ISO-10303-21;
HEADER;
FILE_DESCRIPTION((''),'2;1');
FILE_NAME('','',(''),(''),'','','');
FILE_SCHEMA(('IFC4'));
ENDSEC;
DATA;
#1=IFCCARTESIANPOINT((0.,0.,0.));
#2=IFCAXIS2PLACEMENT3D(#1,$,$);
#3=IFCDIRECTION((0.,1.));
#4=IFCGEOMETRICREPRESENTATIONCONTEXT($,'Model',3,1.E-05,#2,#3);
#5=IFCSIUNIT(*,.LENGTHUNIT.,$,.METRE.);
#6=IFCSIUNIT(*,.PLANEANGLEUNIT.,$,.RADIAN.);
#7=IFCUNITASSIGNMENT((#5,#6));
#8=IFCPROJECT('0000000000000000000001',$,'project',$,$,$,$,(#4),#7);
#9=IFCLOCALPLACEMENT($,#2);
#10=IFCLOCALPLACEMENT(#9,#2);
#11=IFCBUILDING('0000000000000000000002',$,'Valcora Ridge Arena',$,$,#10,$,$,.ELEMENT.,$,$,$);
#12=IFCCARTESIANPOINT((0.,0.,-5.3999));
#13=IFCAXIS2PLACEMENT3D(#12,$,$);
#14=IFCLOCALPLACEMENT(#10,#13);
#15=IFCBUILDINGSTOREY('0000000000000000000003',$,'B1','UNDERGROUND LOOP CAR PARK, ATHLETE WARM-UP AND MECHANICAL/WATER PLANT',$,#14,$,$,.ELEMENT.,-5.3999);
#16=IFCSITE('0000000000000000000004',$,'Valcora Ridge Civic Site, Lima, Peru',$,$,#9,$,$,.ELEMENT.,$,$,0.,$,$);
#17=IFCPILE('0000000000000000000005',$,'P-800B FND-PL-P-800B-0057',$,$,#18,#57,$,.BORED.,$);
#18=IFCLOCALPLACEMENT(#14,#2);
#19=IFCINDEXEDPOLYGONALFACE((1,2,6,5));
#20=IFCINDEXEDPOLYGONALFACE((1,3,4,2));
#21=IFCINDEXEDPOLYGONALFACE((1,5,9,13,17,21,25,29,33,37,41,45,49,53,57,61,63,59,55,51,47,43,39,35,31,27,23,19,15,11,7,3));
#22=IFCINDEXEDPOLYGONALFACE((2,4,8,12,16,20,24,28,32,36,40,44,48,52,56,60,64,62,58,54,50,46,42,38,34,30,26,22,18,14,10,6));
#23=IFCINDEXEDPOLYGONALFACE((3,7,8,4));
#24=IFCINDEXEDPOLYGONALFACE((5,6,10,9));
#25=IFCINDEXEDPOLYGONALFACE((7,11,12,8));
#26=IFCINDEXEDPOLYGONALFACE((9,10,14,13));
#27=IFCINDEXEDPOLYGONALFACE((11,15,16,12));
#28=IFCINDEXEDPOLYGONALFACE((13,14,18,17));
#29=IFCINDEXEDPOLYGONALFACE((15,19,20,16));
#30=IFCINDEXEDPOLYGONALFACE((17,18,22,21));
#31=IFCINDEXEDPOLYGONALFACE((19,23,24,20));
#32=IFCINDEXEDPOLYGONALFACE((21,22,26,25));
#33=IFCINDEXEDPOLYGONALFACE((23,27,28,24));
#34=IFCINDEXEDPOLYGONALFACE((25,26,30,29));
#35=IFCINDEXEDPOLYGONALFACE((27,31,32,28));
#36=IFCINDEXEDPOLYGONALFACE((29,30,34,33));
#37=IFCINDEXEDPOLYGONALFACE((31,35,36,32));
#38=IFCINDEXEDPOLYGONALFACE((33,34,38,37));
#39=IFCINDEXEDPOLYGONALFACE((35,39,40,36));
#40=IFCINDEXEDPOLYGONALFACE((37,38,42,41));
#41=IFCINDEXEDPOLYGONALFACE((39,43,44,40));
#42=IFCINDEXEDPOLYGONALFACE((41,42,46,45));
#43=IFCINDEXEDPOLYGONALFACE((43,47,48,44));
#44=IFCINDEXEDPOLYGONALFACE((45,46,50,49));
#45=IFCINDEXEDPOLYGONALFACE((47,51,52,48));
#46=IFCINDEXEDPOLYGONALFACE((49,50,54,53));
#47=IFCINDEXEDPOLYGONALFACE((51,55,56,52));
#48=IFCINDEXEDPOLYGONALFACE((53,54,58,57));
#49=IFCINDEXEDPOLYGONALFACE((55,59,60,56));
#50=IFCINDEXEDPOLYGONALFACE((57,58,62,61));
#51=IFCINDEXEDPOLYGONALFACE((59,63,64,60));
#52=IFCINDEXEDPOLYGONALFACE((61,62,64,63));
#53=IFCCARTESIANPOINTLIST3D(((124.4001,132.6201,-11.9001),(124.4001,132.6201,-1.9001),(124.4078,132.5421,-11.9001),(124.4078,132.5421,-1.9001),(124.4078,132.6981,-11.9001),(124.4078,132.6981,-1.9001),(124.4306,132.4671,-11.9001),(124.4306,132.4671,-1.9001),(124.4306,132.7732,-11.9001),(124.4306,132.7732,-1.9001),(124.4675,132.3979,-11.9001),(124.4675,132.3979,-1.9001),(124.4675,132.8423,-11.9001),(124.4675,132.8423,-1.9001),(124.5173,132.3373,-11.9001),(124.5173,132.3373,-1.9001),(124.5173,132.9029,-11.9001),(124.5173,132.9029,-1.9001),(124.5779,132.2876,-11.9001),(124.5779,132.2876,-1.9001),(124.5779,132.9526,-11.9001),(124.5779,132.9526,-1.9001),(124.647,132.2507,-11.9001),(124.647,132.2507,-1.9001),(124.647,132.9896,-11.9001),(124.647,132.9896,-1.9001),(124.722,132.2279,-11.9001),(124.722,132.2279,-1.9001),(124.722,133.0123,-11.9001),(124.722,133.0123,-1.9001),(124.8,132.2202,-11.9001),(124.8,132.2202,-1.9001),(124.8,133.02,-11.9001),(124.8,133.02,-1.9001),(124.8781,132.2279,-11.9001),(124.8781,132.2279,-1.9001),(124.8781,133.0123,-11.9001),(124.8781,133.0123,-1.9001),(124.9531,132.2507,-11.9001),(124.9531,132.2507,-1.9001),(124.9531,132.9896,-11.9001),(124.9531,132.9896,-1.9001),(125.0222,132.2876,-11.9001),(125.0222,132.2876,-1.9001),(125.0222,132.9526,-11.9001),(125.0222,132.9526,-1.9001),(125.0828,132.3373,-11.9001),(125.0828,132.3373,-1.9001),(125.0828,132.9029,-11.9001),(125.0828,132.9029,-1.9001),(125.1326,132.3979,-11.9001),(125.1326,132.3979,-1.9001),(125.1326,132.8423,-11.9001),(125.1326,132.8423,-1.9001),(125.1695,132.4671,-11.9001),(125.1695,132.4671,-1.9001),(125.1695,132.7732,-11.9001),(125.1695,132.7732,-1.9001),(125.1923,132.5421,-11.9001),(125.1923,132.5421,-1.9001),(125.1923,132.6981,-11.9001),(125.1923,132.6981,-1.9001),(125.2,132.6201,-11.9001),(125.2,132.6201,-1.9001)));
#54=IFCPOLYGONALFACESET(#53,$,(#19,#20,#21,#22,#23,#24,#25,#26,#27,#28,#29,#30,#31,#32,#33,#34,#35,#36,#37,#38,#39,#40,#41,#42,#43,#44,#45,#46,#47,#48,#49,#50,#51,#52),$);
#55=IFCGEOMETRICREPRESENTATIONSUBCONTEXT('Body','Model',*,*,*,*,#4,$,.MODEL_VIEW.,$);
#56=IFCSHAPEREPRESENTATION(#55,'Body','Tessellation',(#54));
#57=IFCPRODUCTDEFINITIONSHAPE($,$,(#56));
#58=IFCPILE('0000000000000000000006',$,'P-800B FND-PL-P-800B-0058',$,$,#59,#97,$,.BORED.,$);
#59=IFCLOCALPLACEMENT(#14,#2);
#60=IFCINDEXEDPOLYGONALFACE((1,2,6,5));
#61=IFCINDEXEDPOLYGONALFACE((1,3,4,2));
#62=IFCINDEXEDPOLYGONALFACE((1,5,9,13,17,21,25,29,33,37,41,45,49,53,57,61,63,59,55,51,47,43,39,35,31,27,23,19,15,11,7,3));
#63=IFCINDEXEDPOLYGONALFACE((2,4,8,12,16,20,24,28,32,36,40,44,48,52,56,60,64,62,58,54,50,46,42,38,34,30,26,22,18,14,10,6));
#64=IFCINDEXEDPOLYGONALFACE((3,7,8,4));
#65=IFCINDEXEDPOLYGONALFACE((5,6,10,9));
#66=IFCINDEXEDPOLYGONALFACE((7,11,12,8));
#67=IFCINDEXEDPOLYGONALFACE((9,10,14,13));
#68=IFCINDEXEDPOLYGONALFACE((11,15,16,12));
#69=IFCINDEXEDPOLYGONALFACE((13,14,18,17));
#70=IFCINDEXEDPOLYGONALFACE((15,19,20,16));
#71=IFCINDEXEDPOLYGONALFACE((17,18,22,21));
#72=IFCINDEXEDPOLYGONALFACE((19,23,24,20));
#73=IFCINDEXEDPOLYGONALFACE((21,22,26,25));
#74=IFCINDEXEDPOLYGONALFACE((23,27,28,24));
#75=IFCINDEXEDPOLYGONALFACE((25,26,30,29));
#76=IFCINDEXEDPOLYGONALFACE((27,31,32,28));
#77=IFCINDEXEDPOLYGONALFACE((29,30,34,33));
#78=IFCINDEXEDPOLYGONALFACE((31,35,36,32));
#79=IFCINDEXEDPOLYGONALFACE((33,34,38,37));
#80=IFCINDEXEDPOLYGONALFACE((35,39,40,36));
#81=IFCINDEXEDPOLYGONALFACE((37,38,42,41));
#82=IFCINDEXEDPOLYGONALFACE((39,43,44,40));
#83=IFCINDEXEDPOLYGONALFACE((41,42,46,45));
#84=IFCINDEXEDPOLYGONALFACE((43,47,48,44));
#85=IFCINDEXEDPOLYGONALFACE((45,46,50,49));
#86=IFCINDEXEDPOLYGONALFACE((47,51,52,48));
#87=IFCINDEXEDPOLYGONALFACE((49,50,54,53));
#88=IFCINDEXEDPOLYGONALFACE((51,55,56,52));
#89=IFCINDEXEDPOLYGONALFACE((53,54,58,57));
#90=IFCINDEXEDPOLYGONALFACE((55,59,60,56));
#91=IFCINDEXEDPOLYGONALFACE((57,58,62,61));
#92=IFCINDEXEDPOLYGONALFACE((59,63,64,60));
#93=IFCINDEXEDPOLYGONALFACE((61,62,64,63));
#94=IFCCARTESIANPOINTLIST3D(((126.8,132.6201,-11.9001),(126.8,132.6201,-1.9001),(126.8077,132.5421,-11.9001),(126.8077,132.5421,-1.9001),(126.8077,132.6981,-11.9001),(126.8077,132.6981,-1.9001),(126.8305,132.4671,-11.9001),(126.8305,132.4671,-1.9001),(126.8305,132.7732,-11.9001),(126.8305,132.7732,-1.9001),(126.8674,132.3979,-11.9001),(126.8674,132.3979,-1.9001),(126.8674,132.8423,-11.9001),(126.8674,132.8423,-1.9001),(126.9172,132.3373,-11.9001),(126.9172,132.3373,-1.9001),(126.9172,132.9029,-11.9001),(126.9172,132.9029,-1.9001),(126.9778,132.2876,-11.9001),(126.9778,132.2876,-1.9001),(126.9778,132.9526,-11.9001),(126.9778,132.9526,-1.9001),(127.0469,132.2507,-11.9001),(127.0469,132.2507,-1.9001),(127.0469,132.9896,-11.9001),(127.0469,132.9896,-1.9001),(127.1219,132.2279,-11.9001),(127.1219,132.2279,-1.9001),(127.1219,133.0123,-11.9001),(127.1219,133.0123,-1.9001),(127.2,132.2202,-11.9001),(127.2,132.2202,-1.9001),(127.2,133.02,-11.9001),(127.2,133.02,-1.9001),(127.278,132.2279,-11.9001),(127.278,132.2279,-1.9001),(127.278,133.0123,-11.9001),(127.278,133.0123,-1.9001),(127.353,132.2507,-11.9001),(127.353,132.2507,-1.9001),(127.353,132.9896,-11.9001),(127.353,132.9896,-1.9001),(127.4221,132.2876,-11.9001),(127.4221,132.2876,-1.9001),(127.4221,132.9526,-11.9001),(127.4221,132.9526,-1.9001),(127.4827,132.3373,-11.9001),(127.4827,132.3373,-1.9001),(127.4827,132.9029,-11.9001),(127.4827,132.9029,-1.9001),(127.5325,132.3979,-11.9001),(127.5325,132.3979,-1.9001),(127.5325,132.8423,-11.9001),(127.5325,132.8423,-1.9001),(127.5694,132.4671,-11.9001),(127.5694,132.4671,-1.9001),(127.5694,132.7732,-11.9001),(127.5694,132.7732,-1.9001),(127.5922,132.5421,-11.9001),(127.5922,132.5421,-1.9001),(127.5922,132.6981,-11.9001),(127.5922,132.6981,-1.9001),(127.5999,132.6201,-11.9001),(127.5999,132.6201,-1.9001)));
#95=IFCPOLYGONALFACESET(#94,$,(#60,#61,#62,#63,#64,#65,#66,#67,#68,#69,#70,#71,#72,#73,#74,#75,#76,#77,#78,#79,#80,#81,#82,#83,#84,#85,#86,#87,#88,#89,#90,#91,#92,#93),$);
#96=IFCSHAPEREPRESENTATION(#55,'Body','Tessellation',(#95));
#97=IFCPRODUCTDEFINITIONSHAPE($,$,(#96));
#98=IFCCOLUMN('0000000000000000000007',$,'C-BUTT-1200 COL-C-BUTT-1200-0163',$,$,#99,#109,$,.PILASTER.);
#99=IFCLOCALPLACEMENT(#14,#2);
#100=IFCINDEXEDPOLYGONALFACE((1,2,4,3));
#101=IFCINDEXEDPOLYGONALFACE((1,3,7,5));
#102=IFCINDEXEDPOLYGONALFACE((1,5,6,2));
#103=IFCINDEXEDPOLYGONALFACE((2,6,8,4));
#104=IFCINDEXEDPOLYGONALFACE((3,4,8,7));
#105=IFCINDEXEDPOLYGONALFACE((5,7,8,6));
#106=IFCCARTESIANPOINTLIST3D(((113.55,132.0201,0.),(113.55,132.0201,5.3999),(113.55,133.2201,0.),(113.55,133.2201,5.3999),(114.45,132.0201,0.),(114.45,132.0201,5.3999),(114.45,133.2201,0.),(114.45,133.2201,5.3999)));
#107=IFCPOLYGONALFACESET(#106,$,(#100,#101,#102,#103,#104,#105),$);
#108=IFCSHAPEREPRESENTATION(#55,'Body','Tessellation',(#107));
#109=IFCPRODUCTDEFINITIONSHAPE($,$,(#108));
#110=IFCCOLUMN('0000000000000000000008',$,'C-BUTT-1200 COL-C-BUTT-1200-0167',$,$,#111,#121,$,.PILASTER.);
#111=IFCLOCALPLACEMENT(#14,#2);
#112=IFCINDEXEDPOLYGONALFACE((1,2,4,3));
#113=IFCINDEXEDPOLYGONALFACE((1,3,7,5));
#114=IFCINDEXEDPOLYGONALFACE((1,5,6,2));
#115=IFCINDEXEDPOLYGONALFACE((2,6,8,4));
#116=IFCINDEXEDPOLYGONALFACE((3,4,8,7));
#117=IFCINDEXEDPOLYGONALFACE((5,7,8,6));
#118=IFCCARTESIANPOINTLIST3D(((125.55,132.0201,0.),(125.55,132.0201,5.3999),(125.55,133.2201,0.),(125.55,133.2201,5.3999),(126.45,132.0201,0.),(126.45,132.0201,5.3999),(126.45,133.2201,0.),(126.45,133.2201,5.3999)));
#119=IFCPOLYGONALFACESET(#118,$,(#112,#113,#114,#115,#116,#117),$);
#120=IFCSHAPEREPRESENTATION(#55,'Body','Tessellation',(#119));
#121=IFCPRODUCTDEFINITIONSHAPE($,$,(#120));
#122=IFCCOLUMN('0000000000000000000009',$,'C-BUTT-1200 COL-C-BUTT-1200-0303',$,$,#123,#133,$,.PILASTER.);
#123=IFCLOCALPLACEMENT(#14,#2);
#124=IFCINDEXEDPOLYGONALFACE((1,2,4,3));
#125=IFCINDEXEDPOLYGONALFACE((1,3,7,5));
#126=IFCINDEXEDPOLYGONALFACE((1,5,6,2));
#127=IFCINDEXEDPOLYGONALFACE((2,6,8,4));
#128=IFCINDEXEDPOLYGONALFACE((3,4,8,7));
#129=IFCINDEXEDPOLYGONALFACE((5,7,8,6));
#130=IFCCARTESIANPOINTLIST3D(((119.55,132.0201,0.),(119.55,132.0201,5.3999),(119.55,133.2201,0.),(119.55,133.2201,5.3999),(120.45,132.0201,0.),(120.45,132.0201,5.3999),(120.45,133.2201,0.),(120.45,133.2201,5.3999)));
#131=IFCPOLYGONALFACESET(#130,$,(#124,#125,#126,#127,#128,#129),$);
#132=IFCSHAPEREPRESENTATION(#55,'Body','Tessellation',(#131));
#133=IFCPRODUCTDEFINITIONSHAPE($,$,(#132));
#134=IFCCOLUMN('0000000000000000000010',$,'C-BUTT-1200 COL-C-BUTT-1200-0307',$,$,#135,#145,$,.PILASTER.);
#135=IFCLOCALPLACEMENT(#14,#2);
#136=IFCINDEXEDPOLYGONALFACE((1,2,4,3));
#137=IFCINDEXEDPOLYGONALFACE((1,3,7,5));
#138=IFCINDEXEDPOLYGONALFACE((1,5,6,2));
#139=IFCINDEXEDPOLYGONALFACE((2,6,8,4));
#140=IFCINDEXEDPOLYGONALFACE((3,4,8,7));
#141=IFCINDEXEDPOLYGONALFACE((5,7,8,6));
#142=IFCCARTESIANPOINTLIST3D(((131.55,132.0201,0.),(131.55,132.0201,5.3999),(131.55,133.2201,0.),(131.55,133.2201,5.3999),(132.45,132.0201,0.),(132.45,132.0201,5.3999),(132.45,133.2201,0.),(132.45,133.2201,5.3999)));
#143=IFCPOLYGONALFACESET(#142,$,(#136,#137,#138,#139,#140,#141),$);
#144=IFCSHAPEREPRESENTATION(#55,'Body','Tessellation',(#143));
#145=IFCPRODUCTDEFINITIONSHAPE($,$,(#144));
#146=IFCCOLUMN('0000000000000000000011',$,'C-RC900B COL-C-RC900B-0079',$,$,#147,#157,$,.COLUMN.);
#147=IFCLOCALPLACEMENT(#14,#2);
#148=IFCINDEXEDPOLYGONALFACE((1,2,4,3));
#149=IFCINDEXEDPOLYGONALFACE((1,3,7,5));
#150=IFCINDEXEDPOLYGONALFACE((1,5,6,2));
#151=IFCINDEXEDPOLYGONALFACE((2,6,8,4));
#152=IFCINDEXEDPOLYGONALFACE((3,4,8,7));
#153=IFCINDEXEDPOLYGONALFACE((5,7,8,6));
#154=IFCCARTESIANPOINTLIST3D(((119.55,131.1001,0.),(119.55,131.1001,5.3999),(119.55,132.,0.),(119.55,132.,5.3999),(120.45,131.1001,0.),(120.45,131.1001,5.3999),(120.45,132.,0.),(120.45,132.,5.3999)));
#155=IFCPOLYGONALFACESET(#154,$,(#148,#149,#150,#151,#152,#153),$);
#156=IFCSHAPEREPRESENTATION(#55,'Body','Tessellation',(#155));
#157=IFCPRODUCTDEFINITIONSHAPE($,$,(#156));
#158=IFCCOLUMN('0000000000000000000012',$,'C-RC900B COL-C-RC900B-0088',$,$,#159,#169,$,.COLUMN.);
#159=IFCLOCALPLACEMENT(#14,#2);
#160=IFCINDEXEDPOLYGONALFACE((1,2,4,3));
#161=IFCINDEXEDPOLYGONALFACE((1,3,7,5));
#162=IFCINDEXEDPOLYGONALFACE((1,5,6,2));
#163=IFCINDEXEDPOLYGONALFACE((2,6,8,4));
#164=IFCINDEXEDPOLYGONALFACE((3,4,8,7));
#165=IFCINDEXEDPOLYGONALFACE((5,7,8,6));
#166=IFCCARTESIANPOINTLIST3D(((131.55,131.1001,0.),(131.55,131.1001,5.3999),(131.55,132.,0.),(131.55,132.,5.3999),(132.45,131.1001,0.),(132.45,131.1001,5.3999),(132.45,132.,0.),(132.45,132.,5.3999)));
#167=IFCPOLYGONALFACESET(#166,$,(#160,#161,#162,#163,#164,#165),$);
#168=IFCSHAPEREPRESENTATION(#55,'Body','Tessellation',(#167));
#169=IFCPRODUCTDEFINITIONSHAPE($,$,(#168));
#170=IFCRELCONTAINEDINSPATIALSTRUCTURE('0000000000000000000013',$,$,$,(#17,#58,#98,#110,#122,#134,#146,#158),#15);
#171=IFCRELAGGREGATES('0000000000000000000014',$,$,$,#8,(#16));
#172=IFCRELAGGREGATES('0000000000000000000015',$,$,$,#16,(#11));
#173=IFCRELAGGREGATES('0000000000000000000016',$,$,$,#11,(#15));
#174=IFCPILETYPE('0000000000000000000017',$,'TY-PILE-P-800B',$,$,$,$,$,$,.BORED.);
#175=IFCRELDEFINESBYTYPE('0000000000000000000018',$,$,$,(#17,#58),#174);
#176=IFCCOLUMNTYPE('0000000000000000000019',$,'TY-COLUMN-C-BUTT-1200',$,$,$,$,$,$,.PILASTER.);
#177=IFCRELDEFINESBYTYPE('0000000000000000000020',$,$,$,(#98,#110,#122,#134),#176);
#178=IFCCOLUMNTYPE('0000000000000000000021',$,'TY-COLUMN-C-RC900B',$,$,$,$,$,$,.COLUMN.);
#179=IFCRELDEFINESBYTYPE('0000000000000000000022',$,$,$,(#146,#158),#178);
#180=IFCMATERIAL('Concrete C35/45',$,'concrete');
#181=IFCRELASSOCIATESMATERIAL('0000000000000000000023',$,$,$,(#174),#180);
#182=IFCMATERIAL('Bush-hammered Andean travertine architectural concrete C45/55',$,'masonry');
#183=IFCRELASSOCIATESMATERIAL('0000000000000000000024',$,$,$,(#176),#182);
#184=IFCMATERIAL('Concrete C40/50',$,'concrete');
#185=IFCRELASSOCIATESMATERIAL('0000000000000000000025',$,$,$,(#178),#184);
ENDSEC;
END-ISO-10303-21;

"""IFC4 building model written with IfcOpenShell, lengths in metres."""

from ifc_helpers import new_model, si_unit, direction, frame, origin, origin_2d, place, context, subcontext, project, spatial, rectangle, circle, extrude, material, material_profile, profile_set, type_object, element, save


model = new_model("IFC4")

# Units and contexts
model_context = context("Model", 3, precision=1e-05, world=origin(), true_north=direction((0.0, 1.0)))
body_context = subcontext(model_context, "Body", "Model", "MODEL_VIEW")
ifc_project = project(units=[si_unit("LENGTHUNIT", "METRE"), si_unit("PLANEANGLEUNIT", "RADIAN")], contexts=[model_context])

# Site, building, storey
site_placement = place(None, origin())
site = spatial("IfcSite", under=ifc_project, at=site_placement, Name="Valcora Ridge Civic Site, Lima, Peru", CompositionType="ELEMENT", RefElevation=0.0)
building_placement = place(site_placement, origin())
building = spatial("IfcBuilding", under=site, at=building_placement, Name="Valcora Ridge Arena", CompositionType="ELEMENT")
storey_placement = place(building_placement, frame((0.0, 0.0, -5.3999)))
storey = spatial("IfcBuildingStorey", under=building, at=storey_placement, Name="B1", Description="UNDERGROUND LOOP CAR PARK, ATHLETE WARM-UP AND MECHANICAL/WATER PLANT", CompositionType="ELEMENT", Elevation=-5.3999)

# Shared definitions
ifc_material_1 = material(Name="Concrete C40/50", Category="concrete")

# Piles
ifc_material_2 = material(Name="Concrete C35/45", Category="concrete")
ifc_material_profile_1 = material_profile(ifc_material_2, circle(Radius=0.3999, at=origin_2d()), Name="BORED PILE D800")
ifc_profile_set_1 = profile_set([ifc_material_profile_1], Name="Concrete C35/45")
pile_type_1 = type_object("IfcPileType", Name="TY-PILE-P-800B", PredefinedType="BORED", material=ifc_profile_set_1)
for number, where, z_axis, x_axis, name in (
    (1, (124.8, 132.6201, -1.9001), (0.0, 0.0, -1.0), (1.0, 0.0, 0.0), "P-800B FND-PL-P-800B-0057"),
    (2, (127.2, 132.6201, -1.9001), (0.0, 0.0, -1.0), (1.0, 0.0, 0.0), "P-800B FND-PL-P-800B-0058"),
):
    element("IfcPile", number, at=place(storey_placement, frame(where, z_axis=z_axis, x_axis=x_axis)), inside=storey, type_object=pile_type_1, Name=name, PredefinedType="BORED", context=body_context, shape_type="SweptSolid", body=[
        extrude(circle(Radius=0.3999, at=origin_2d()), origin(), (0.0, 0.0, 1.0), 10.0),
    ])

# Columns
ifc_material_3 = material(Name="Bush-hammered Andean travertine architectural concrete C45/55", Category="masonry")
ifc_material_profile_2 = material_profile(ifc_material_3, rectangle(XDim=0.8999, YDim=1.2, at=origin_2d()), Name="RC 900x1200")
ifc_profile_set_2 = profile_set([ifc_material_profile_2], Name="Bush-hammered Andean travertine architectural concrete C45/55")
column_type_1 = type_object("IfcColumnType", Name="TY-COLUMN-C-BUTT-1200", PredefinedType="PILASTER", material=ifc_profile_set_2)
for number, where, z_axis, x_axis, name in (
    (3, (114.0, 132.6201, 0.0), (0.0, 0.0, 1.0), (1.0, 0.0, 0.0), "C-BUTT-1200 COL-C-BUTT-1200-0163"),
    (4, (126.0, 132.6201, 0.0), (0.0, 0.0, 1.0), (1.0, 0.0, 0.0), "C-BUTT-1200 COL-C-BUTT-1200-0167"),
    (5, (120.0, 132.6201, 0.0), (0.0, 0.0, 1.0), (1.0, 0.0, 0.0), "C-BUTT-1200 COL-C-BUTT-1200-0303"),
    (6, (132.0, 132.6201, 0.0), (0.0, 0.0, 1.0), (1.0, 0.0, 0.0), "C-BUTT-1200 COL-C-BUTT-1200-0307"),
):
    element("IfcColumn", number, at=place(storey_placement, frame(where, z_axis=z_axis, x_axis=x_axis)), inside=storey, type_object=column_type_1, Name=name, PredefinedType="PILASTER", context=body_context, shape_type="SweptSolid", body=[
        extrude(rectangle(XDim=0.8999, YDim=1.2, at=origin_2d()), origin(), (0.0, 0.0, 1.0), 5.3999),
    ])
ifc_material_profile_3 = material_profile(ifc_material_1, rectangle(XDim=0.8999, YDim=0.8999, at=origin_2d()), Name="RC 900x900")
ifc_profile_set_3 = profile_set([ifc_material_profile_3], Name="Concrete C40/50")
column_type_2 = type_object("IfcColumnType", Name="TY-COLUMN-C-RC900B", PredefinedType="COLUMN", material=ifc_profile_set_3)
for number, where, z_axis, x_axis, name in (
    (7, (120.0, 131.55, 0.0), (0.0, 0.0, 1.0), (1.0, 0.0, 0.0), "C-RC900B COL-C-RC900B-0079"),
    (8, (132.0, 131.55, 0.0), (0.0, 0.0, 1.0), (1.0, 0.0, 0.0), "C-RC900B COL-C-RC900B-0088"),
):
    element("IfcColumn", number, at=place(storey_placement, frame(where, z_axis=z_axis, x_axis=x_axis)), inside=storey, type_object=column_type_2, Name=name, PredefinedType="COLUMN", context=body_context, shape_type="SweptSolid", body=[
        extrude(rectangle(XDim=0.8999, YDim=0.8999, at=origin_2d()), origin(), (0.0, 0.0, 1.0), 5.3999),
    ])

save(model, "model.ifc")
